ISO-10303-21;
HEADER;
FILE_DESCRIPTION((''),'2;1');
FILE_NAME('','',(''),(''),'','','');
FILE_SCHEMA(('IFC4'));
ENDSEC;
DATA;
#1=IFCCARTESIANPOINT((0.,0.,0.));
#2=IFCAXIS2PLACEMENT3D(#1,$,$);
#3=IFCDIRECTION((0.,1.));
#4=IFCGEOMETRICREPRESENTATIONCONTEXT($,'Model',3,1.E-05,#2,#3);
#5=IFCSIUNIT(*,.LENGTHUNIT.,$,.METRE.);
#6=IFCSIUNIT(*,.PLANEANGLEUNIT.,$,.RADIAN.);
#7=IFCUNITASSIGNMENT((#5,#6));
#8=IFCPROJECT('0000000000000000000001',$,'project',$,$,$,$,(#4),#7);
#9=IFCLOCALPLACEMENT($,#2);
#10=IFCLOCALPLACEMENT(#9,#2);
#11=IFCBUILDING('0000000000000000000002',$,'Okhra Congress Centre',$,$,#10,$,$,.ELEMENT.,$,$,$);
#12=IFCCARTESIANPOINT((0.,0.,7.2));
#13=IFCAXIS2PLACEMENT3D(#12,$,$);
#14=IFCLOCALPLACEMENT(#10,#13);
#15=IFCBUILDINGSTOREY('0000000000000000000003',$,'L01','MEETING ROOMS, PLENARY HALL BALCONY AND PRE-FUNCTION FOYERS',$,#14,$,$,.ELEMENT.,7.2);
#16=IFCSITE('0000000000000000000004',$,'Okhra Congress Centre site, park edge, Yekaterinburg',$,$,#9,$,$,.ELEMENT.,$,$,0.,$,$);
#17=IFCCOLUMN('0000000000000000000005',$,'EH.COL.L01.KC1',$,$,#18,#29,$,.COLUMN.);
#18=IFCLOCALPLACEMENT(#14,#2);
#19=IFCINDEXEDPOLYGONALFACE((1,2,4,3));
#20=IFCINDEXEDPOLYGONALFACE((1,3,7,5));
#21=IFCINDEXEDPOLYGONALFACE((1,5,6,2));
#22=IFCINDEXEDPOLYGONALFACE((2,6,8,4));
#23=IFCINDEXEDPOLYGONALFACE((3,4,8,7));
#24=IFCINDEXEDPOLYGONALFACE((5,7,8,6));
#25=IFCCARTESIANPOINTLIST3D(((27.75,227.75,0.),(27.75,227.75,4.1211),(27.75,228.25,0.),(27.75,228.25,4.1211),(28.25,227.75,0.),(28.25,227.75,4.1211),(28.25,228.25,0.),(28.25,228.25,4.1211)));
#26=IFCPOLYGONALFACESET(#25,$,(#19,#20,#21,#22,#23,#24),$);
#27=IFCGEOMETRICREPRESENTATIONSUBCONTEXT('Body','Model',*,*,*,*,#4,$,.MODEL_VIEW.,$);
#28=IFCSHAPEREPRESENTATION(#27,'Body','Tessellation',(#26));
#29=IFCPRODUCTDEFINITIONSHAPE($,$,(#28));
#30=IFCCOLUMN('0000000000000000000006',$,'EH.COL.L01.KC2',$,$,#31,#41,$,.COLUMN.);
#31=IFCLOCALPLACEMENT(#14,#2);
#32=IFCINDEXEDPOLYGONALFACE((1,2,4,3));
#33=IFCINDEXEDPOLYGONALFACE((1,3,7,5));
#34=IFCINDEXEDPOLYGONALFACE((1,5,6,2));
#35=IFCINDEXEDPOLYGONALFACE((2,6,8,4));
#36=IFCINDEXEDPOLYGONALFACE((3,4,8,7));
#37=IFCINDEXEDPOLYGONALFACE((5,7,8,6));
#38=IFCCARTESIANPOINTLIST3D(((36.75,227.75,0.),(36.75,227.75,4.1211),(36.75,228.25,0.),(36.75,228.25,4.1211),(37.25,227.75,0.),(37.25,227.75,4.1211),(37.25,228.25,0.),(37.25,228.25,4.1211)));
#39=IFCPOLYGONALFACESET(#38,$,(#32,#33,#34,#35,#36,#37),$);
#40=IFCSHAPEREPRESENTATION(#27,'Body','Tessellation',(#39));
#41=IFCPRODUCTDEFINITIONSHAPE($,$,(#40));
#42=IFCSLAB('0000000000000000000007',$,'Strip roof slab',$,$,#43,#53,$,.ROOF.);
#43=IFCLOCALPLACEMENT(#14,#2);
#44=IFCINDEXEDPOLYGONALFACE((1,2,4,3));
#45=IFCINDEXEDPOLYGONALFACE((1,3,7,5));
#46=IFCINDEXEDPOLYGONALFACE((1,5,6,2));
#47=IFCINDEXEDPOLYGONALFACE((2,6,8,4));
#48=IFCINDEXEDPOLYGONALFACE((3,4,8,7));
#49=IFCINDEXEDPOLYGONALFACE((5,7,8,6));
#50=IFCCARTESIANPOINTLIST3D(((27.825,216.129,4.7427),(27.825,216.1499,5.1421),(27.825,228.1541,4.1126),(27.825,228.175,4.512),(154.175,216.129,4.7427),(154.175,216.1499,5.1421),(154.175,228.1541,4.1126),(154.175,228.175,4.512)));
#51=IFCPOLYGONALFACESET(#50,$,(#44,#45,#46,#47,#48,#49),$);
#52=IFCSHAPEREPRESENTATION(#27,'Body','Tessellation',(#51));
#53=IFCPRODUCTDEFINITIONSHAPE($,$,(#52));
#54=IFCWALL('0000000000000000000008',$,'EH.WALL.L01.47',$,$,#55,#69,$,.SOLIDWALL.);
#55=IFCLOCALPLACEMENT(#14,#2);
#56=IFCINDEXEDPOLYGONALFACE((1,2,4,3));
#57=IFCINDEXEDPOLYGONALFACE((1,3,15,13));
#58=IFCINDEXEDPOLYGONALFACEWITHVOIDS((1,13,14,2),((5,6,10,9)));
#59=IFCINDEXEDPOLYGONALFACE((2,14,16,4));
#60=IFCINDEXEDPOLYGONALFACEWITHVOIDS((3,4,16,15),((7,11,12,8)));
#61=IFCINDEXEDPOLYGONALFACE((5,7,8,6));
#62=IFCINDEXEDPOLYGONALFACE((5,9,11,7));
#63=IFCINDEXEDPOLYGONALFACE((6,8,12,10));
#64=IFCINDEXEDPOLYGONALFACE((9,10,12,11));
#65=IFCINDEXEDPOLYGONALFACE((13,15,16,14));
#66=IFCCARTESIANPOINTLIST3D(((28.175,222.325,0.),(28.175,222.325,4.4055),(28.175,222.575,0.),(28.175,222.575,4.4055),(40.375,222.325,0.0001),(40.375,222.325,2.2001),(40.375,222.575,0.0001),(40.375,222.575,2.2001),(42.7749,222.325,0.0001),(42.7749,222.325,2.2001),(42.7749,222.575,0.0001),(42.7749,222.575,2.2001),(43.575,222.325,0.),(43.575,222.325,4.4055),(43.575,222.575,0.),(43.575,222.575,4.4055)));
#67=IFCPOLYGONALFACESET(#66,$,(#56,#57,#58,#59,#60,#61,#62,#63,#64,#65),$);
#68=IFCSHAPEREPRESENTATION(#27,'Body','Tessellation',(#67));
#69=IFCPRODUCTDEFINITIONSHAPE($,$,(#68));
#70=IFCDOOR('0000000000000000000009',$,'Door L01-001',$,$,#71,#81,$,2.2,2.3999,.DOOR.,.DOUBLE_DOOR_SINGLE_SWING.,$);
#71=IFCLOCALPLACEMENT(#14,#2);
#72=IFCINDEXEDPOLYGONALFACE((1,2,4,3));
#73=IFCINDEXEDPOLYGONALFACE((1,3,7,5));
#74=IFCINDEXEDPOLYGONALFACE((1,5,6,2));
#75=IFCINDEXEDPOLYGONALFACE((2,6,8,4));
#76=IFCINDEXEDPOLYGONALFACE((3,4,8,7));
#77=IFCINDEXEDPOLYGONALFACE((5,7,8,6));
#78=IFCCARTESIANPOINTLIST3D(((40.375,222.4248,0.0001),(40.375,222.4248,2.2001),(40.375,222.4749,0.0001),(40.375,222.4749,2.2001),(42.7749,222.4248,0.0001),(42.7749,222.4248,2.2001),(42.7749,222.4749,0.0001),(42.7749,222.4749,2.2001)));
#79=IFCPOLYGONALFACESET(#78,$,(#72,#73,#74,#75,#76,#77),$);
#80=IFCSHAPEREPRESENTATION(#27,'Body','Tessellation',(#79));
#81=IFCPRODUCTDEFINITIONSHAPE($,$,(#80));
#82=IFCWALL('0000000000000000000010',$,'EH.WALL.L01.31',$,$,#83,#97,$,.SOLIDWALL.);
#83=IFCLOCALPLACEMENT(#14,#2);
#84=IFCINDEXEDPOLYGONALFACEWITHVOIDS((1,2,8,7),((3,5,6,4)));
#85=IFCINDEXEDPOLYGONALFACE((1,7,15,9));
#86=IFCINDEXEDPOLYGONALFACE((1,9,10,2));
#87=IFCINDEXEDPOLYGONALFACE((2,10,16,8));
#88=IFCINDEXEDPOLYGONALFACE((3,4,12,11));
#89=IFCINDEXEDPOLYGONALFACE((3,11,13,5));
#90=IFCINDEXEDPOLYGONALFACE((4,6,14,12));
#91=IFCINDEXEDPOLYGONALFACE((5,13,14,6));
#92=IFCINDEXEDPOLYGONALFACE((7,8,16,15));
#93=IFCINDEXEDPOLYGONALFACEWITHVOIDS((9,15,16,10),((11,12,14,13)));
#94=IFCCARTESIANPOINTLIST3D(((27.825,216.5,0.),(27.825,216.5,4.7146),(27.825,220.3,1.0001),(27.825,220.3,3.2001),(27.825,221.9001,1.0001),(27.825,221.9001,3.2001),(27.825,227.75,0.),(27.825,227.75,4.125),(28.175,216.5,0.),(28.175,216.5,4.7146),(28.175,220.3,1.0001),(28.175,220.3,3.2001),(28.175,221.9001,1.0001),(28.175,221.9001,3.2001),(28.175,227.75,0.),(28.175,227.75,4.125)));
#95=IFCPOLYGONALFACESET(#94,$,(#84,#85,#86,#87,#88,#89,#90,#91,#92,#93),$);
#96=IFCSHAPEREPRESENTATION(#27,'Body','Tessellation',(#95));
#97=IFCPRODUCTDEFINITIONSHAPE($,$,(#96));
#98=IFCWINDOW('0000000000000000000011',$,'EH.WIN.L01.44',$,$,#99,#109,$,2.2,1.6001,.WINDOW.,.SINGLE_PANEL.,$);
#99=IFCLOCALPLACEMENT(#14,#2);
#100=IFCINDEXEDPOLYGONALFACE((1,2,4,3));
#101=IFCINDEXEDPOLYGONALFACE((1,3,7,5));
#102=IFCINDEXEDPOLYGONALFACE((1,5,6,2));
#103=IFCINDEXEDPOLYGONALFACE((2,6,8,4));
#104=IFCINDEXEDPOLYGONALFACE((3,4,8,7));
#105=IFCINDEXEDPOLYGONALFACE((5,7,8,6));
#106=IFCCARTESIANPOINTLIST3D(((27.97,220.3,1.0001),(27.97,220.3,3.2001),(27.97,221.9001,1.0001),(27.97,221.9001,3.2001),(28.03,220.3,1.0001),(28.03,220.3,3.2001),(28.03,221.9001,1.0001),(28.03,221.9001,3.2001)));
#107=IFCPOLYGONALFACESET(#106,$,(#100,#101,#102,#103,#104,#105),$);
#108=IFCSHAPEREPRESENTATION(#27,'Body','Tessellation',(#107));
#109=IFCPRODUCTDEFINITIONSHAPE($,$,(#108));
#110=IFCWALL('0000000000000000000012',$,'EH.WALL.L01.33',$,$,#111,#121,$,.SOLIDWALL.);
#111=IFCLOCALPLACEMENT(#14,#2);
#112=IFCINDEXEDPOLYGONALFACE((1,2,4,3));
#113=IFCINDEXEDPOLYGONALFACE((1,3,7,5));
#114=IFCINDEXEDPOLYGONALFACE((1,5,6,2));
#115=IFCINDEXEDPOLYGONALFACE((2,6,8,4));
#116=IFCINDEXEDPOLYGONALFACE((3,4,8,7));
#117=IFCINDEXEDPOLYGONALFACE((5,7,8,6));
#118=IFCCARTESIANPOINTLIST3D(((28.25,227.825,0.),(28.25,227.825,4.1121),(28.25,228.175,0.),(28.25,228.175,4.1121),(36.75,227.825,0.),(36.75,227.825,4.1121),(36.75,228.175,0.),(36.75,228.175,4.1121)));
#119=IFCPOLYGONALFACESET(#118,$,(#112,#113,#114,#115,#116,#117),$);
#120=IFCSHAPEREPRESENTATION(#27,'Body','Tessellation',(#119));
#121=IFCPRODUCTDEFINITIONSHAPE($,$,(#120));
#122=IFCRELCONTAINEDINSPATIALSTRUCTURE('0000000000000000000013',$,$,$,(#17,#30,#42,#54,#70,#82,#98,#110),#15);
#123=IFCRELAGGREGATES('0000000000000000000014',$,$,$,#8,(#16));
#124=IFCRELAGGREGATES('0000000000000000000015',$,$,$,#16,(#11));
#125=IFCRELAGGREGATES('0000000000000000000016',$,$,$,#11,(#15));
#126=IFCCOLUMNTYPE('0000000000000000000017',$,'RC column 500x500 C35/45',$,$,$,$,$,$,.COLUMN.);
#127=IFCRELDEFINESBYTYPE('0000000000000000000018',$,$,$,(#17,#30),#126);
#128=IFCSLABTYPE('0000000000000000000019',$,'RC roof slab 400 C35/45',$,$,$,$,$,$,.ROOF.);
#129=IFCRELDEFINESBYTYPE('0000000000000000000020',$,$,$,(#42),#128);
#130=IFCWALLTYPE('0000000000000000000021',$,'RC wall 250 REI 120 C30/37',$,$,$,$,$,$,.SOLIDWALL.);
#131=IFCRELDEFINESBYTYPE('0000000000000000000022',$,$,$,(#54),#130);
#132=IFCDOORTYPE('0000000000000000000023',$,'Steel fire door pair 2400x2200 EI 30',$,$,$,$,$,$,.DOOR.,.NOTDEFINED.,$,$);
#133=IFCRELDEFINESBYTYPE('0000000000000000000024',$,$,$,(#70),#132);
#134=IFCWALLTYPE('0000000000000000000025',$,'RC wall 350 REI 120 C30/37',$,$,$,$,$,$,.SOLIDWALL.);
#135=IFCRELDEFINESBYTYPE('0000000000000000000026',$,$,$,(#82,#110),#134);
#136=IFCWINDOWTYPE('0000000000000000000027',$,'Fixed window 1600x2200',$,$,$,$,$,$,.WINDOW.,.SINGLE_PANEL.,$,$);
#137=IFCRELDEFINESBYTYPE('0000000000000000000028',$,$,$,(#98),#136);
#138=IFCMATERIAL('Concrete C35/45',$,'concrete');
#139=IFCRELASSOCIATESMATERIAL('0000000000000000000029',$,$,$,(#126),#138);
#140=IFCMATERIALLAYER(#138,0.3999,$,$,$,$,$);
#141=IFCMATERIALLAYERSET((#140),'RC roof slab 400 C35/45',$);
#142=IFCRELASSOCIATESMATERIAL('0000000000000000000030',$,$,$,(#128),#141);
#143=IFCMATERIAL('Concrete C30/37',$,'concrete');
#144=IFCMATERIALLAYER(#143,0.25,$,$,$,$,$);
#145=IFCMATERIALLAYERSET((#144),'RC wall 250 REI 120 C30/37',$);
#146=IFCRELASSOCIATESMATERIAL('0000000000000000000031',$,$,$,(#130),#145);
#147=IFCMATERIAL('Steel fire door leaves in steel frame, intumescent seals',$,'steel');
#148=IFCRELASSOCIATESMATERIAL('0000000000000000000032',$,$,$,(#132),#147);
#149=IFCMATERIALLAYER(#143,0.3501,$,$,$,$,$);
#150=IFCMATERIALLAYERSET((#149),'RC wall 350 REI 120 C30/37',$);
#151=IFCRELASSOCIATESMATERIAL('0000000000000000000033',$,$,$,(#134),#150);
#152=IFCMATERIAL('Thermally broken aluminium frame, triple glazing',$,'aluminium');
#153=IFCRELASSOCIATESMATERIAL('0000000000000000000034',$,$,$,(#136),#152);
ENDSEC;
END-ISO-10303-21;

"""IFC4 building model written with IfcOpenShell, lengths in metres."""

from ifc_helpers import new_model, si_unit, direction, frame, frame_2d, origin, origin_2d, place, context, subcontext, project, spatial, polyline, rectangle, outline, extrude, material, layer, layer_set, material_profile, profile_set, type_object, element, fill, save


model = new_model("IFC4")

# Units and contexts
model_context = context("Model", 3, precision=1e-05, world=origin(), true_north=direction((0.0, 1.0)))
body_context = subcontext(model_context, "Body", "Model", "MODEL_VIEW")
ifc_project = project(units=[si_unit("LENGTHUNIT", "METRE"), si_unit("PLANEANGLEUNIT", "RADIAN")], contexts=[model_context])

# Site, building, storey
site_placement = place(None, origin())
site = spatial("IfcSite", under=ifc_project, at=site_placement, Name="Okhra Congress Centre site, park edge, Yekaterinburg", CompositionType="ELEMENT", RefElevation=0.0)
building_placement = place(site_placement, origin())
building = spatial("IfcBuilding", under=site, at=building_placement, Name="Okhra Congress Centre", CompositionType="ELEMENT")
storey_placement = place(building_placement, frame((0.0, 0.0, 7.2)))
storey = spatial("IfcBuildingStorey", under=building, at=storey_placement, Name="L01", Description="MEETING ROOMS, PLENARY HALL BALCONY AND PRE-FUNCTION FOYERS", CompositionType="ELEMENT", Elevation=7.2)

# Columns
ifc_material_1 = material(Name="Concrete C35/45", Category="concrete")
ifc_material_profile = material_profile(ifc_material_1, rectangle(XDim=0.5, YDim=0.5, at=origin_2d()), Name="RC 500x500")
ifc_profile_set = profile_set([ifc_material_profile], Name="Concrete C35/45")
column_type = type_object("IfcColumnType", Name="RC column 500x500 C35/45", PredefinedType="COLUMN", material=ifc_profile_set)
for number, where, z_axis, x_axis, name in (
    (1, (28.0, 228.0, 0.0), (0.0, 0.0, 1.0), (1.0, 0.0, 0.0), "EH.COL.L01.KC1"),
    (2, (37.0, 228.0, 0.0), (0.0, 0.0, 1.0), (1.0, 0.0, 0.0), "EH.COL.L01.KC2"),
):
    element("IfcColumn", number, at=place(storey_placement, frame(where, z_axis=z_axis, x_axis=x_axis)), inside=storey, type_object=column_type, Name=name, PredefinedType="COLUMN", context=body_context, shape_type="SweptSolid", body=[
        extrude(rectangle(XDim=0.5, YDim=0.5, at=origin_2d()), origin(), (0.0, 0.0, 1.0), 4.1211),
    ])

# Slab
ifc_layer_1 = layer(ifc_material_1, 0.3999)
ifc_layer_set_1 = layer_set([ifc_layer_1], Name="RC roof slab 400 C35/45")
slab_type = type_object("IfcSlabType", Name="RC roof slab 400 C35/45", PredefinedType="ROOF", material=ifc_layer_set_1)
slab_placement = place(storey_placement, frame((27.825, 216.1499, 5.1421), z_axis=(0.0, 0.052329, 0.99863), x_axis=(1.0, 0.0, 0.0)))
element("IfcSlab", 3, at=slab_placement, inside=storey, type_object=slab_type, Name="Strip roof slab", PredefinedType="ROOF", context=body_context, shape_type="SweptSolid", body=[
    extrude(outline(polyline([(0.0, 0.0), (126.3501, 0.0), (126.3501, 12.0416), (0.0, 12.0416), (0.0, 0.0)])), origin(), (0.0, 0.0, -1.0), 0.3999),
])

# Wall, opening, door
ifc_material_2 = material(Name="Concrete C30/37", Category="concrete")
ifc_layer_2 = layer(ifc_material_2, 0.25)
ifc_layer_set_2 = layer_set([ifc_layer_2], Name="RC wall 250 REI 120 C30/37")
wall_type_1 = type_object("IfcWallType", Name="RC wall 250 REI 120 C30/37", PredefinedType="SOLIDWALL", material=ifc_layer_set_2)
wall_1_placement = place(storey_placement, frame((28.175, 222.45, 0.0), z_axis=(0.0, 0.0, 1.0), x_axis=(1.0, 0.0, 0.0)))
wall_1 = element("IfcWall", 4, at=wall_1_placement, inside=storey, type_object=wall_type_1, Name="EH.WALL.L01.47", PredefinedType="SOLIDWALL", context=body_context, shape_type="SweptSolid", body=[
    extrude(rectangle(XDim=15.3999, YDim=0.25, at=frame_2d((7.7, 0.0))), origin(), (0.0, 0.0, 1.0), 4.4055),
])
opening_1_placement = place(wall_1_placement, frame((12.2, 0.0, 0.0)))
opening_1 = element("IfcOpeningElement", 5, at=opening_1_placement, cuts=wall_1, PredefinedType="OPENING", context=body_context, shape_type="SweptSolid", body=[
    extrude(rectangle(XDim=2.3999, YDim=2.2, at=frame_2d((1.2, 1.1001))), frame((0.0, 0.135, 0.0), z_axis=(0.0, -1.0, 0.0), x_axis=(1.0, 0.0, 0.0)), (0.0, 0.0, 1.0), 0.27),
])
ifc_material_3 = material(Name="Steel fire door leaves in steel frame, intumescent seals", Category="steel")
door_type_1 = type_object("IfcDoorType", Name="Steel fire door pair 2400x2200 EI 30", OperationType="NOTDEFINED", PredefinedType="DOOR", material=ifc_material_3)
door_1_placement = place(opening_1_placement, origin())
door_1 = element("IfcDoor", 6, at=door_1_placement, inside=storey, type_object=door_type_1, Name="Door L01-001", OperationType="DOUBLE_DOOR_SINGLE_SWING", OverallHeight=2.2, OverallWidth=2.3999, PredefinedType="DOOR", context=body_context, shape_type="SweptSolid", body=[
    extrude(rectangle(XDim=2.3999, YDim=2.2, at=frame_2d((1.2, 1.1001))), frame((0.0, 0.0249, 0.0), z_axis=(0.0, -1.0, 0.0), x_axis=(1.0, 0.0, 0.0)), (0.0, 0.0, 1.0), 0.05),
])
fill(opening_1, door_1)

# Wall, opening, window
ifc_layer_3 = layer(ifc_material_2, 0.3501)
ifc_layer_set_3 = layer_set([ifc_layer_3], Name="RC wall 350 REI 120 C30/37")
wall_type_2 = type_object("IfcWallType", Name="RC wall 350 REI 120 C30/37", PredefinedType="SOLIDWALL", material=ifc_layer_set_3)
wall_2_placement = place(storey_placement, frame((28.0, 216.5, 0.0), z_axis=(0.0, 0.0, 1.0), x_axis=(0.0, 1.0, 0.0)))
wall_2 = element("IfcWall", 7, at=wall_2_placement, inside=storey, type_object=wall_type_2, Name="EH.WALL.L01.31", PredefinedType="SOLIDWALL", context=body_context, shape_type="SweptSolid", body=[
    extrude(outline(polyline([(0.0, 0.0), (11.25, 0.0), (11.25, 4.125), (0.0, 4.7146), (0.0, 0.0)])), frame((0.0, 0.175, 0.0), z_axis=(0.0, -1.0, 0.0), x_axis=(1.0, 0.0, 0.0)), (0.0, 0.0, 1.0), 0.3501),
])
opening_2_placement = place(wall_2_placement, frame((3.8, 0.0, 1.0)))
opening_2 = element("IfcOpeningElement", 8, at=opening_2_placement, cuts=wall_2, PredefinedType="OPENING", context=body_context, shape_type="SweptSolid", body=[
    extrude(rectangle(XDim=1.6001, YDim=2.2, at=frame_2d((0.8, 1.1001))), frame((0.0, 0.1851, 0.0), z_axis=(0.0, -1.0, 0.0), x_axis=(1.0, 0.0, 0.0)), (0.0, 0.0, 1.0), 0.3701),
])
ifc_material_4 = material(Name="Thermally broken aluminium frame, triple glazing", Category="aluminium")
window_type = type_object("IfcWindowType", Name="Fixed window 1600x2200", PartitioningType="SINGLE_PANEL", PredefinedType="WINDOW", material=ifc_material_4)
window_placement = place(opening_2_placement, origin())
window = element("IfcWindow", 9, at=window_placement, inside=storey, type_object=window_type, Name="EH.WIN.L01.44", OverallHeight=2.2, OverallWidth=1.6001, PartitioningType="SINGLE_PANEL", PredefinedType="WINDOW", context=body_context, shape_type="SweptSolid", body=[
    extrude(rectangle(XDim=1.6001, YDim=2.2, at=frame_2d((0.8, 1.1001))), frame((0.0, 0.03, 0.0), z_axis=(0.0, -1.0, 0.0), x_axis=(1.0, 0.0, 0.0)), (0.0, 0.0, 1.0), 0.0601),
])
fill(opening_2, window)

# Wall
wall_3_placement = place(storey_placement, frame((28.25, 228.0, 0.0), z_axis=(0.0, 0.0, 1.0), x_axis=(1.0, 0.0, 0.0)))
element("IfcWall", 10, at=wall_3_placement, inside=storey, type_object=wall_type_2, Name="EH.WALL.L01.33", PredefinedType="SOLIDWALL", context=body_context, shape_type="SweptSolid", body=[
    extrude(rectangle(XDim=8.5, YDim=0.3501, at=frame_2d((4.25, 0.0))), origin(), (0.0, 0.0, 1.0), 4.1121),
])

save(model, "model.ifc")
